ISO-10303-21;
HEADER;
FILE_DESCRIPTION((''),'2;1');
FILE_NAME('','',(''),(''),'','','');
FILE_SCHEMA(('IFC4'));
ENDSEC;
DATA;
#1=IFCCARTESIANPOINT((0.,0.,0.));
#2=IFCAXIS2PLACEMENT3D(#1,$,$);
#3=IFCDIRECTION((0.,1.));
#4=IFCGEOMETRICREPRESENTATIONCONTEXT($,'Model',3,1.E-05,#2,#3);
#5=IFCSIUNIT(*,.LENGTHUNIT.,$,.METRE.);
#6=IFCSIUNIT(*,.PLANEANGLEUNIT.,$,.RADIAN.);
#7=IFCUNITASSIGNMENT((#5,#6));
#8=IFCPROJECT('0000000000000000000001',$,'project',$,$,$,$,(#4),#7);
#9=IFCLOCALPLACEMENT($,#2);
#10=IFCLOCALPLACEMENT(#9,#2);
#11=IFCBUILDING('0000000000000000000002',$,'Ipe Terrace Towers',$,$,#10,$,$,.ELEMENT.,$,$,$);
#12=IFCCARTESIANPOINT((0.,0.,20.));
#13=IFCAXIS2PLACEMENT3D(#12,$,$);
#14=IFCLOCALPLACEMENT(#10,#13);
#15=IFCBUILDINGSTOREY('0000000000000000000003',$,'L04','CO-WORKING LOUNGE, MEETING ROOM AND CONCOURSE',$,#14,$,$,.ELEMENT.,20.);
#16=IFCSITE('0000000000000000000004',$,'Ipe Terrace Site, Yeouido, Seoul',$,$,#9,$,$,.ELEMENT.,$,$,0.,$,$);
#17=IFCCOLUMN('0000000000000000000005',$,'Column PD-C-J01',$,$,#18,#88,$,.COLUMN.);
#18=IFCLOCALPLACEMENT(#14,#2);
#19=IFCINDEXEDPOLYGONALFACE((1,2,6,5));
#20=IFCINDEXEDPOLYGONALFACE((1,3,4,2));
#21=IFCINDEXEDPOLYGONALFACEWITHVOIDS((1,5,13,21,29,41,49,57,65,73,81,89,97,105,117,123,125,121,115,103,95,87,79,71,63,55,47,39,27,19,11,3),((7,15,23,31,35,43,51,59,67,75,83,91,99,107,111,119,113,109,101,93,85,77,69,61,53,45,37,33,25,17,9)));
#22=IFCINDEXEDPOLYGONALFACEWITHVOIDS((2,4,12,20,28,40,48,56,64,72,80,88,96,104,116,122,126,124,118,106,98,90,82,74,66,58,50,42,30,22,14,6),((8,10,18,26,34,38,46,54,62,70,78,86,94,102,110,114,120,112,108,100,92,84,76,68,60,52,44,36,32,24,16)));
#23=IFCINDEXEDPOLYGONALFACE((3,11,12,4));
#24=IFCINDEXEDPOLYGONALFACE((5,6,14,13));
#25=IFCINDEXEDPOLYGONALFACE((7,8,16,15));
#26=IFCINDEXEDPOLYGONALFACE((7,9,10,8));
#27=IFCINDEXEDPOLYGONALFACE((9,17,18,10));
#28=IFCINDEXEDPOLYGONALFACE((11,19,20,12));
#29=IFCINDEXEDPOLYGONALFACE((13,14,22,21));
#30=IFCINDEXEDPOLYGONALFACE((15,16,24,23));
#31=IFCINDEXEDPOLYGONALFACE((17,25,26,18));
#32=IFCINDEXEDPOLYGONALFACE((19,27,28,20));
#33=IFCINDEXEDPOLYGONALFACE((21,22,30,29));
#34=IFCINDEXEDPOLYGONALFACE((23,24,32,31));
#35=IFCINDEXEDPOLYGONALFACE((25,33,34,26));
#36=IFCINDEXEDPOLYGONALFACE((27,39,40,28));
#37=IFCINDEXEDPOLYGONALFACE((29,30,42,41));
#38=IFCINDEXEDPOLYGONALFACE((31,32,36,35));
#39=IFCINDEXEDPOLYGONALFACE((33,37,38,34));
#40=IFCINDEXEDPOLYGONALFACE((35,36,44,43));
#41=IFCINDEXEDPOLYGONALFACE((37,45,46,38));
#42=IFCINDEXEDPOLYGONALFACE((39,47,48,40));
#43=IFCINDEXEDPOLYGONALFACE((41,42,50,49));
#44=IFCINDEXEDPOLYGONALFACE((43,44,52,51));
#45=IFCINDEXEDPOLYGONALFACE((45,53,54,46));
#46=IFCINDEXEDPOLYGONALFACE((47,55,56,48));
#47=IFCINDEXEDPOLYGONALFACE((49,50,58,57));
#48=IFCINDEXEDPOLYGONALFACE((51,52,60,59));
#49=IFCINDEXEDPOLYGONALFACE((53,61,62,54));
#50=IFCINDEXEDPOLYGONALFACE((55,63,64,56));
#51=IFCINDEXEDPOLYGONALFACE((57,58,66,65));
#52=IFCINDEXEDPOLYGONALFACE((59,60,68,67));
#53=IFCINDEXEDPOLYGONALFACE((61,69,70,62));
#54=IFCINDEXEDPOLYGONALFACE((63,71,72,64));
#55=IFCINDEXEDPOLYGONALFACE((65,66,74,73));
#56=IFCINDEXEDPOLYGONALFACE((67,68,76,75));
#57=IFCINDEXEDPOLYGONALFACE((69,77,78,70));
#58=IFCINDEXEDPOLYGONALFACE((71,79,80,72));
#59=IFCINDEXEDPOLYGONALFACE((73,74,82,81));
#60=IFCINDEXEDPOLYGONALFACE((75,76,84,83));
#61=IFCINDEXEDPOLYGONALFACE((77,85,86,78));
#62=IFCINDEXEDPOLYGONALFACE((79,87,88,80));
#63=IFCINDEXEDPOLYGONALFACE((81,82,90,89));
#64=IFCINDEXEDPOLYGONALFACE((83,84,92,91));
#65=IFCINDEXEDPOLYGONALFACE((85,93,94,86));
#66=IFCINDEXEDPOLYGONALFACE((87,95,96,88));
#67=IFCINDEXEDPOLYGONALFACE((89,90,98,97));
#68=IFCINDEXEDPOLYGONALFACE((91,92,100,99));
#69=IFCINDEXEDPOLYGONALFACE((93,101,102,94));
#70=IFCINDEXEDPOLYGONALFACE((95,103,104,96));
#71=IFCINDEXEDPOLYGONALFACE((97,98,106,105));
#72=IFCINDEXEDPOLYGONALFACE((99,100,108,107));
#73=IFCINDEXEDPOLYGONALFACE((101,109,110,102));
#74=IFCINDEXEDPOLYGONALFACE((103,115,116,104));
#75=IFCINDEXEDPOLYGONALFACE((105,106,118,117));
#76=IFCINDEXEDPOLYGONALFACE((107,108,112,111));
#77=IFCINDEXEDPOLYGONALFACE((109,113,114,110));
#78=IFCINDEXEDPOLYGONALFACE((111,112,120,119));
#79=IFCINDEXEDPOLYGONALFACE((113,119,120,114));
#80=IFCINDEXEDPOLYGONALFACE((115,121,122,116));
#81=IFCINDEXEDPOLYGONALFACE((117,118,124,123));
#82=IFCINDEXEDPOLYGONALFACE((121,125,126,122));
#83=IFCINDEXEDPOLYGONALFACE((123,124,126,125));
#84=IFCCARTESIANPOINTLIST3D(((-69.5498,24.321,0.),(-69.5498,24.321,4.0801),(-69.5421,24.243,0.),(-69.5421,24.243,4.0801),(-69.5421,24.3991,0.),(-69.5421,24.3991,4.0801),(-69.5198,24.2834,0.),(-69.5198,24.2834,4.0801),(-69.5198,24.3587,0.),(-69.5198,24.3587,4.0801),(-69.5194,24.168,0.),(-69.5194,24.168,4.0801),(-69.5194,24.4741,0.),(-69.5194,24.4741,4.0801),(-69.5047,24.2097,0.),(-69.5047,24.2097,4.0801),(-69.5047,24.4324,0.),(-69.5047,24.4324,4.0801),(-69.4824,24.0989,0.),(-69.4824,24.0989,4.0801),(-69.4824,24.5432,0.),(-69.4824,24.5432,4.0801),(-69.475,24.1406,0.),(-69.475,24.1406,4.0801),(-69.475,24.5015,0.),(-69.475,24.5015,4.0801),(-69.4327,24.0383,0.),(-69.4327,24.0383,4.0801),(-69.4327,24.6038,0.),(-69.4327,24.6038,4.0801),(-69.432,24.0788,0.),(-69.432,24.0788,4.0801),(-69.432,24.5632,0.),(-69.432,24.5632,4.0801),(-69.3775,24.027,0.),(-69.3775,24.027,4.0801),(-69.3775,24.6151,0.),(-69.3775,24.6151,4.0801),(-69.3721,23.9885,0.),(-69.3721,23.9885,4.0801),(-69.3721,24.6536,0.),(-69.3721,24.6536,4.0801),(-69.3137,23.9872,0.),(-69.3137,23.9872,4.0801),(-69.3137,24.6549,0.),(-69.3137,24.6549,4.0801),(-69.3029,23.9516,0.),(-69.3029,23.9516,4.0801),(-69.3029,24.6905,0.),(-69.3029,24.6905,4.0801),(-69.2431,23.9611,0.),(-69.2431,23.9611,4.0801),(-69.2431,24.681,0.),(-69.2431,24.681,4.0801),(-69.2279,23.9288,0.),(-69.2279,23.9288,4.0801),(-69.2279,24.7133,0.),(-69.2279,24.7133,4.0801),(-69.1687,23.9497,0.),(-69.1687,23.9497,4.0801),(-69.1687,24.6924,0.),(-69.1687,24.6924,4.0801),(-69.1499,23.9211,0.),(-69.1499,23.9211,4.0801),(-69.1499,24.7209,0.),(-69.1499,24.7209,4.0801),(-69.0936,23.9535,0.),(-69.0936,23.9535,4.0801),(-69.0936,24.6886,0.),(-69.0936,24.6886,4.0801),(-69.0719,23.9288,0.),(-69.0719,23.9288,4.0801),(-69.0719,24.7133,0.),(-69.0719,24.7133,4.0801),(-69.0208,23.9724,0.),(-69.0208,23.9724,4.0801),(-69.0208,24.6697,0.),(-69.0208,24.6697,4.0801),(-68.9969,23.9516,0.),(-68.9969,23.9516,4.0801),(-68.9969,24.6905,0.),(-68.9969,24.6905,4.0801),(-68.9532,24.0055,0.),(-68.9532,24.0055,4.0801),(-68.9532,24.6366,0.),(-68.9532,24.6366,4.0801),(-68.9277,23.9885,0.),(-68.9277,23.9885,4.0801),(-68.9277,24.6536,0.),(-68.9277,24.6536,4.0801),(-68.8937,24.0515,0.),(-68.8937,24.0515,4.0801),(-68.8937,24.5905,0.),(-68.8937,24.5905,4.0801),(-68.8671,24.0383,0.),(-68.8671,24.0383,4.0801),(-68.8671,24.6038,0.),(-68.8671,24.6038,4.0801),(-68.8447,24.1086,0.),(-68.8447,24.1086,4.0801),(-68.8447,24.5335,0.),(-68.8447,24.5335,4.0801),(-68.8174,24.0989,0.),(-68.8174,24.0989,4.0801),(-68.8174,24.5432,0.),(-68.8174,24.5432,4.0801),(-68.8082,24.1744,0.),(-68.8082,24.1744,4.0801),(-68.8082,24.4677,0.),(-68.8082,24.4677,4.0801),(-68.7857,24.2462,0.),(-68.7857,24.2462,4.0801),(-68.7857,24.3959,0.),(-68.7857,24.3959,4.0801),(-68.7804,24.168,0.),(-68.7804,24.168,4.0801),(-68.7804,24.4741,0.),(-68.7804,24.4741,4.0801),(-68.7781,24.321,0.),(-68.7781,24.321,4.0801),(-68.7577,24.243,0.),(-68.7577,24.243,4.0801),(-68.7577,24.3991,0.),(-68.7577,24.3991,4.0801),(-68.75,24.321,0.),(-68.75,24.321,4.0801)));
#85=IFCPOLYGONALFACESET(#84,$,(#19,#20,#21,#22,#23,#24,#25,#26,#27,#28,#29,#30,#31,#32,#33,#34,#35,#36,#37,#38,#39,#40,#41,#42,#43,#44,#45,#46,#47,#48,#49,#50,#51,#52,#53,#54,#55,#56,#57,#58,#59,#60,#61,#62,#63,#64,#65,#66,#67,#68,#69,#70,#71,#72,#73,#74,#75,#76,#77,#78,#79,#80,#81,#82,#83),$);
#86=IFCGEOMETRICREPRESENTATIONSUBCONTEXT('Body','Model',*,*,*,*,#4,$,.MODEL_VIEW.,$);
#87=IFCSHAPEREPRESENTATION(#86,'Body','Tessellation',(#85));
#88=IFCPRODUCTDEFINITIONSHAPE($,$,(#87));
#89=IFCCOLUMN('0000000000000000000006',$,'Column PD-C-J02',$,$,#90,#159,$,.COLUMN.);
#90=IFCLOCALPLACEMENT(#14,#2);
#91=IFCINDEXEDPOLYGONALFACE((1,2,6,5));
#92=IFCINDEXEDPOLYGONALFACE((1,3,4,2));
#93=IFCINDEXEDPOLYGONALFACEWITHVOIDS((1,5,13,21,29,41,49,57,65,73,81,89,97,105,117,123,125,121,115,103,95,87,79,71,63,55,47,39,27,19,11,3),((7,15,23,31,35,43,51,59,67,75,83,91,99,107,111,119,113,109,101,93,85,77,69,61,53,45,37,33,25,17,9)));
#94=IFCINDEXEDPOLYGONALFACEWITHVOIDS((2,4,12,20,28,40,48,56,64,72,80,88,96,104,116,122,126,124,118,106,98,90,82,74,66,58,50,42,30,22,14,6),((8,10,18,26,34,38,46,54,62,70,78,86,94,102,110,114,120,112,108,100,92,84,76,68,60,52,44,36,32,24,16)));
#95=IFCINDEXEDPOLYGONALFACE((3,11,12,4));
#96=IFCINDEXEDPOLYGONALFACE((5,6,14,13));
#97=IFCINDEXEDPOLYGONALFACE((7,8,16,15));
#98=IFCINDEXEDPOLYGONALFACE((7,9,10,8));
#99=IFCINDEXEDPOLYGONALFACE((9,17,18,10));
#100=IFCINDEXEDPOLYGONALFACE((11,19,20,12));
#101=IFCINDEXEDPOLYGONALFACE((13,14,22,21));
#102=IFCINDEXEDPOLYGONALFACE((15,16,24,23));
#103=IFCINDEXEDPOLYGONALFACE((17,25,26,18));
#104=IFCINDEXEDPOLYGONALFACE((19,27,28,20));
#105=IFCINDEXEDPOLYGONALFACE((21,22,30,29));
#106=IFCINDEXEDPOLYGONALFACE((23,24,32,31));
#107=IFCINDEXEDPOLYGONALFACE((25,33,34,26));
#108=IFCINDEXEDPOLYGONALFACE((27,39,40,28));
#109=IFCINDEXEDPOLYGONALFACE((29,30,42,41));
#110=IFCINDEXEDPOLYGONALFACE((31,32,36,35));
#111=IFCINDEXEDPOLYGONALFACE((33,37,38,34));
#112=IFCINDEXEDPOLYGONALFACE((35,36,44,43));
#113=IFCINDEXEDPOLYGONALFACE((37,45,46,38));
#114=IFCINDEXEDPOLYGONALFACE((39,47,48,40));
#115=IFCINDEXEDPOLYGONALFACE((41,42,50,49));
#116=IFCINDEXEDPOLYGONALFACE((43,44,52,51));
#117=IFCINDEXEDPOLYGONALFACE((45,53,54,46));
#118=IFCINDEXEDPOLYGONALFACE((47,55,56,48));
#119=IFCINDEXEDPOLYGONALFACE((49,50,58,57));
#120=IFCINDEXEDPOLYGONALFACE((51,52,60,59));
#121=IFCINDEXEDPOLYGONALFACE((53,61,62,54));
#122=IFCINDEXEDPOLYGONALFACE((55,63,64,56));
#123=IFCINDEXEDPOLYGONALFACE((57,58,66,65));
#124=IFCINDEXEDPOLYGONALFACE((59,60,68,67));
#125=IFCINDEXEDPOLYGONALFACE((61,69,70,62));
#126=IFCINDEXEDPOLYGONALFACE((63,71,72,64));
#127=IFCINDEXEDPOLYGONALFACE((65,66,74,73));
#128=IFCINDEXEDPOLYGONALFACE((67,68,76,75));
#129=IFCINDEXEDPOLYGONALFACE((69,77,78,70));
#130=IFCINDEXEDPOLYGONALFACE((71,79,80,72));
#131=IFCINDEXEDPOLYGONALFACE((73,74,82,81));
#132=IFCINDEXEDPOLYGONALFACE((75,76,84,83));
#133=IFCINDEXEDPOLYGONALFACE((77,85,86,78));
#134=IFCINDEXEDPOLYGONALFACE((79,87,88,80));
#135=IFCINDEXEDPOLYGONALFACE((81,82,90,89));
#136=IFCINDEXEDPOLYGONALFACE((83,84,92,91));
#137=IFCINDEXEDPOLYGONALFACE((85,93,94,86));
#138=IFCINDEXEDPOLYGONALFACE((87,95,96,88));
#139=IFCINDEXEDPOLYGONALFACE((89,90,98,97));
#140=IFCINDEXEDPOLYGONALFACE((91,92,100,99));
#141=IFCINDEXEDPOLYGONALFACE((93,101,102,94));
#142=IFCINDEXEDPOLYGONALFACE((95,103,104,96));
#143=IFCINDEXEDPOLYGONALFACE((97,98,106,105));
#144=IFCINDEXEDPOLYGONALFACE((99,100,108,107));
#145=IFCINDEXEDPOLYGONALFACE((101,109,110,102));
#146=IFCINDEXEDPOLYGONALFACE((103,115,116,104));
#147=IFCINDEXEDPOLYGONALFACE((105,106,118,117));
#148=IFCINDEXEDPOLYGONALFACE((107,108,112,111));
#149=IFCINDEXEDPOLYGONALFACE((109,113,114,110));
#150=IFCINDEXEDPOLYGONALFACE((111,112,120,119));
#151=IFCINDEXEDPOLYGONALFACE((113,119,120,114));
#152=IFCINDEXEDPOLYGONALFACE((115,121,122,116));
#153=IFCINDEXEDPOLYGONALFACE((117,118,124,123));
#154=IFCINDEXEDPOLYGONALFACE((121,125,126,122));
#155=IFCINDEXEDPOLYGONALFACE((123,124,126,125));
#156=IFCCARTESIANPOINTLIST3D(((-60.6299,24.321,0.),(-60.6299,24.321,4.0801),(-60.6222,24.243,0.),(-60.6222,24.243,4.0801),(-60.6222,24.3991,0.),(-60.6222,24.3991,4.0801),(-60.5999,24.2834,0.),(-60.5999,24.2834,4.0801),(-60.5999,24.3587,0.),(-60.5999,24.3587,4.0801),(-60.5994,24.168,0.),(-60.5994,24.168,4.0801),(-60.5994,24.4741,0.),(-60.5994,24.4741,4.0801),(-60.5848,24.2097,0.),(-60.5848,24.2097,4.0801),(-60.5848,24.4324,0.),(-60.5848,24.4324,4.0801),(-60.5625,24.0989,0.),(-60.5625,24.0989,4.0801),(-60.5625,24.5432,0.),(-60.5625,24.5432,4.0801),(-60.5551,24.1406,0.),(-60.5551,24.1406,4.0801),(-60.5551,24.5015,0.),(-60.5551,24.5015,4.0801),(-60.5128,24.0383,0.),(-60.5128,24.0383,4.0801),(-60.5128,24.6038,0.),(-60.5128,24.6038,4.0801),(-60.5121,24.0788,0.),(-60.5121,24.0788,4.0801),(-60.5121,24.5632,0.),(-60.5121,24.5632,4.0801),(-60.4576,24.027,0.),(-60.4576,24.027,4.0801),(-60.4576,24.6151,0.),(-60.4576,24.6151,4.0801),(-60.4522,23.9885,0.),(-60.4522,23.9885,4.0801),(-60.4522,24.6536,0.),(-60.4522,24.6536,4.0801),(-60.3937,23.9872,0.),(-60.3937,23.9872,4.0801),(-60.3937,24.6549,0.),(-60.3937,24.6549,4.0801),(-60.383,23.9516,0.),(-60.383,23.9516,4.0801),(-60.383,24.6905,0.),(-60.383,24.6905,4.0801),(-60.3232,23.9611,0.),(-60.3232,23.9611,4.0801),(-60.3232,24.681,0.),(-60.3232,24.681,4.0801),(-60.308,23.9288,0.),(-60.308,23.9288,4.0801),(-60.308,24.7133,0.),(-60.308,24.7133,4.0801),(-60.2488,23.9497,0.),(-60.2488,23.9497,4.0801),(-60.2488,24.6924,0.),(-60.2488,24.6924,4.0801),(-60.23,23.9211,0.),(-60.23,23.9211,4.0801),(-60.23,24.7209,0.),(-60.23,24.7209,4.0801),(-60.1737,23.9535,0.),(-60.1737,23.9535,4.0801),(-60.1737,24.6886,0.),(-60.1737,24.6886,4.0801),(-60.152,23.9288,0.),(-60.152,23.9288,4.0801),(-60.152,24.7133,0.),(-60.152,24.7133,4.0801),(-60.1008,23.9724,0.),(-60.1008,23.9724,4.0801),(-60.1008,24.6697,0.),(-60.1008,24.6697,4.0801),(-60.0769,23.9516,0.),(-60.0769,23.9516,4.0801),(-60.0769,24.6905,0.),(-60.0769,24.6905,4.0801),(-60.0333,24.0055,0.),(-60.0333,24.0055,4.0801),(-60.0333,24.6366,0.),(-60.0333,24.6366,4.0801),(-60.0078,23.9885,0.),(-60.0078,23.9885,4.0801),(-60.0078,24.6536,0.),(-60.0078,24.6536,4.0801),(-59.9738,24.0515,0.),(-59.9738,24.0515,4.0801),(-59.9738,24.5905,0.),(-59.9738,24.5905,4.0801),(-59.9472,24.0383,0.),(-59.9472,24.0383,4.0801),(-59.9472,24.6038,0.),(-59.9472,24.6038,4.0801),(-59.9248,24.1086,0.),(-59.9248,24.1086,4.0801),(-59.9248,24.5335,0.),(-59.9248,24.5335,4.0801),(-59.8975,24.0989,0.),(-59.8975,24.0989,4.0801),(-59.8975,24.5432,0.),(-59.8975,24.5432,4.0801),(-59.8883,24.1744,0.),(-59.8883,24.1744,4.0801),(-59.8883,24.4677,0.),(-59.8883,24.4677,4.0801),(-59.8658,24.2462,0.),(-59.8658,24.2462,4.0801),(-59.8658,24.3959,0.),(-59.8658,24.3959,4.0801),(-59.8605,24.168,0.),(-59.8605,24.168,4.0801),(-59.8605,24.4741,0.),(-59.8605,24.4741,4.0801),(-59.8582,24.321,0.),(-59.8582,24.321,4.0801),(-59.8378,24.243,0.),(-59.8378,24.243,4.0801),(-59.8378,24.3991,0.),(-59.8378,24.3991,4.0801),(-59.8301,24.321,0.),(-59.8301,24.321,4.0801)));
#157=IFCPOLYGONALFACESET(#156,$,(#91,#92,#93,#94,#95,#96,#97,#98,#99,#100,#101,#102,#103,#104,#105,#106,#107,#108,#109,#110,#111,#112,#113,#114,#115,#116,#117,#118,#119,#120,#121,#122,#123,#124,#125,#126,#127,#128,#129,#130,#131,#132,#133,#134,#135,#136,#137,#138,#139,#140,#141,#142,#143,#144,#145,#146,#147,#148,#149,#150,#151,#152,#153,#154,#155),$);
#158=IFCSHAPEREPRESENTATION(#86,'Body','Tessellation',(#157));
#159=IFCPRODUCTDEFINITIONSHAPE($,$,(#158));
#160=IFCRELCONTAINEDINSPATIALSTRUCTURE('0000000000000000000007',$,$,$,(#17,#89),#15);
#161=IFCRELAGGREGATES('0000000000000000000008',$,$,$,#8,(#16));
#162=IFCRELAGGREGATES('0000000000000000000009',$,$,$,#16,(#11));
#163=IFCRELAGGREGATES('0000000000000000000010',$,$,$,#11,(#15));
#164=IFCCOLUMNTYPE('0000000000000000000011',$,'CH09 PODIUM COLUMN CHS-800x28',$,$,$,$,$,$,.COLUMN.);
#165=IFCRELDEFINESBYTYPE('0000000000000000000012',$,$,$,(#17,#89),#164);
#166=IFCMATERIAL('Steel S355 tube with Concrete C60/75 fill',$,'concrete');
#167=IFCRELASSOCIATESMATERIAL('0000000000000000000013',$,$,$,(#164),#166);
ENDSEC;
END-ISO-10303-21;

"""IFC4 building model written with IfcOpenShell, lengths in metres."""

from ifc_helpers import new_model, si_unit, direction, frame, origin, origin_2d, place, context, subcontext, project, spatial, hollow_circle, extrude, material, material_profile, profile_set, type_object, element, save


model = new_model("IFC4")

# Units and contexts
model_context = context("Model", 3, precision=1e-05, world=origin(), true_north=direction((0.0, 1.0)))
body_context = subcontext(model_context, "Body", "Model", "MODEL_VIEW")
ifc_project = project(units=[si_unit("LENGTHUNIT", "METRE"), si_unit("PLANEANGLEUNIT", "RADIAN")], contexts=[model_context])

# Site, building, storey
site_placement = place(None, origin())
site = spatial("IfcSite", under=ifc_project, at=site_placement, Name="Ipe Terrace Site, Yeouido, Seoul", CompositionType="ELEMENT", RefElevation=0.0)
building_placement = place(site_placement, origin())
building = spatial("IfcBuilding", under=site, at=building_placement, Name="Ipe Terrace Towers", CompositionType="ELEMENT")
storey_placement = place(building_placement, frame((0.0, 0.0, 20.0)))
storey = spatial("IfcBuildingStorey", under=building, at=storey_placement, Name="L04", Description="CO-WORKING LOUNGE, MEETING ROOM AND CONCOURSE", CompositionType="ELEMENT", Elevation=20.0)

# Columns
ifc_material_1 = material(Name="Steel S355 tube with Concrete C60/75 fill", Category="concrete")
ifc_material_profile_1 = material_profile(ifc_material_1, hollow_circle(Radius=0.3999, WallThickness=0.0281, at=origin_2d()), Name="CHS-800x28")
ifc_profile_set_1 = profile_set([ifc_material_profile_1], Name="Steel S355 tube with Concrete C60/75 fill")
column_type = type_object("IfcColumnType", Name="CH09 PODIUM COLUMN CHS-800x28", PredefinedType="COLUMN", material=ifc_profile_set_1)
for number, where, z_axis, x_axis, name in (
    (1, (-69.1499, 24.321, 0.0), (0.0, 0.0, 1.0), (1.0, 0.0, 0.0), "Column PD-C-J01"),
    (2, (-60.23, 24.321, 0.0), (0.0, 0.0, 1.0), (1.0, 0.0, 0.0), "Column PD-C-J02"),
):
    element("IfcColumn", number, at=place(storey_placement, frame(where, z_axis=z_axis, x_axis=x_axis)), inside=storey, type_object=column_type, Name=name, PredefinedType="COLUMN", context=body_context, shape_type="SweptSolid", body=[
        extrude(hollow_circle(Radius=0.3999, WallThickness=0.0281, at=origin_2d()), origin(), (0.0, 0.0, 1.0), 4.0801),
    ])

save(model, "model.ifc")
